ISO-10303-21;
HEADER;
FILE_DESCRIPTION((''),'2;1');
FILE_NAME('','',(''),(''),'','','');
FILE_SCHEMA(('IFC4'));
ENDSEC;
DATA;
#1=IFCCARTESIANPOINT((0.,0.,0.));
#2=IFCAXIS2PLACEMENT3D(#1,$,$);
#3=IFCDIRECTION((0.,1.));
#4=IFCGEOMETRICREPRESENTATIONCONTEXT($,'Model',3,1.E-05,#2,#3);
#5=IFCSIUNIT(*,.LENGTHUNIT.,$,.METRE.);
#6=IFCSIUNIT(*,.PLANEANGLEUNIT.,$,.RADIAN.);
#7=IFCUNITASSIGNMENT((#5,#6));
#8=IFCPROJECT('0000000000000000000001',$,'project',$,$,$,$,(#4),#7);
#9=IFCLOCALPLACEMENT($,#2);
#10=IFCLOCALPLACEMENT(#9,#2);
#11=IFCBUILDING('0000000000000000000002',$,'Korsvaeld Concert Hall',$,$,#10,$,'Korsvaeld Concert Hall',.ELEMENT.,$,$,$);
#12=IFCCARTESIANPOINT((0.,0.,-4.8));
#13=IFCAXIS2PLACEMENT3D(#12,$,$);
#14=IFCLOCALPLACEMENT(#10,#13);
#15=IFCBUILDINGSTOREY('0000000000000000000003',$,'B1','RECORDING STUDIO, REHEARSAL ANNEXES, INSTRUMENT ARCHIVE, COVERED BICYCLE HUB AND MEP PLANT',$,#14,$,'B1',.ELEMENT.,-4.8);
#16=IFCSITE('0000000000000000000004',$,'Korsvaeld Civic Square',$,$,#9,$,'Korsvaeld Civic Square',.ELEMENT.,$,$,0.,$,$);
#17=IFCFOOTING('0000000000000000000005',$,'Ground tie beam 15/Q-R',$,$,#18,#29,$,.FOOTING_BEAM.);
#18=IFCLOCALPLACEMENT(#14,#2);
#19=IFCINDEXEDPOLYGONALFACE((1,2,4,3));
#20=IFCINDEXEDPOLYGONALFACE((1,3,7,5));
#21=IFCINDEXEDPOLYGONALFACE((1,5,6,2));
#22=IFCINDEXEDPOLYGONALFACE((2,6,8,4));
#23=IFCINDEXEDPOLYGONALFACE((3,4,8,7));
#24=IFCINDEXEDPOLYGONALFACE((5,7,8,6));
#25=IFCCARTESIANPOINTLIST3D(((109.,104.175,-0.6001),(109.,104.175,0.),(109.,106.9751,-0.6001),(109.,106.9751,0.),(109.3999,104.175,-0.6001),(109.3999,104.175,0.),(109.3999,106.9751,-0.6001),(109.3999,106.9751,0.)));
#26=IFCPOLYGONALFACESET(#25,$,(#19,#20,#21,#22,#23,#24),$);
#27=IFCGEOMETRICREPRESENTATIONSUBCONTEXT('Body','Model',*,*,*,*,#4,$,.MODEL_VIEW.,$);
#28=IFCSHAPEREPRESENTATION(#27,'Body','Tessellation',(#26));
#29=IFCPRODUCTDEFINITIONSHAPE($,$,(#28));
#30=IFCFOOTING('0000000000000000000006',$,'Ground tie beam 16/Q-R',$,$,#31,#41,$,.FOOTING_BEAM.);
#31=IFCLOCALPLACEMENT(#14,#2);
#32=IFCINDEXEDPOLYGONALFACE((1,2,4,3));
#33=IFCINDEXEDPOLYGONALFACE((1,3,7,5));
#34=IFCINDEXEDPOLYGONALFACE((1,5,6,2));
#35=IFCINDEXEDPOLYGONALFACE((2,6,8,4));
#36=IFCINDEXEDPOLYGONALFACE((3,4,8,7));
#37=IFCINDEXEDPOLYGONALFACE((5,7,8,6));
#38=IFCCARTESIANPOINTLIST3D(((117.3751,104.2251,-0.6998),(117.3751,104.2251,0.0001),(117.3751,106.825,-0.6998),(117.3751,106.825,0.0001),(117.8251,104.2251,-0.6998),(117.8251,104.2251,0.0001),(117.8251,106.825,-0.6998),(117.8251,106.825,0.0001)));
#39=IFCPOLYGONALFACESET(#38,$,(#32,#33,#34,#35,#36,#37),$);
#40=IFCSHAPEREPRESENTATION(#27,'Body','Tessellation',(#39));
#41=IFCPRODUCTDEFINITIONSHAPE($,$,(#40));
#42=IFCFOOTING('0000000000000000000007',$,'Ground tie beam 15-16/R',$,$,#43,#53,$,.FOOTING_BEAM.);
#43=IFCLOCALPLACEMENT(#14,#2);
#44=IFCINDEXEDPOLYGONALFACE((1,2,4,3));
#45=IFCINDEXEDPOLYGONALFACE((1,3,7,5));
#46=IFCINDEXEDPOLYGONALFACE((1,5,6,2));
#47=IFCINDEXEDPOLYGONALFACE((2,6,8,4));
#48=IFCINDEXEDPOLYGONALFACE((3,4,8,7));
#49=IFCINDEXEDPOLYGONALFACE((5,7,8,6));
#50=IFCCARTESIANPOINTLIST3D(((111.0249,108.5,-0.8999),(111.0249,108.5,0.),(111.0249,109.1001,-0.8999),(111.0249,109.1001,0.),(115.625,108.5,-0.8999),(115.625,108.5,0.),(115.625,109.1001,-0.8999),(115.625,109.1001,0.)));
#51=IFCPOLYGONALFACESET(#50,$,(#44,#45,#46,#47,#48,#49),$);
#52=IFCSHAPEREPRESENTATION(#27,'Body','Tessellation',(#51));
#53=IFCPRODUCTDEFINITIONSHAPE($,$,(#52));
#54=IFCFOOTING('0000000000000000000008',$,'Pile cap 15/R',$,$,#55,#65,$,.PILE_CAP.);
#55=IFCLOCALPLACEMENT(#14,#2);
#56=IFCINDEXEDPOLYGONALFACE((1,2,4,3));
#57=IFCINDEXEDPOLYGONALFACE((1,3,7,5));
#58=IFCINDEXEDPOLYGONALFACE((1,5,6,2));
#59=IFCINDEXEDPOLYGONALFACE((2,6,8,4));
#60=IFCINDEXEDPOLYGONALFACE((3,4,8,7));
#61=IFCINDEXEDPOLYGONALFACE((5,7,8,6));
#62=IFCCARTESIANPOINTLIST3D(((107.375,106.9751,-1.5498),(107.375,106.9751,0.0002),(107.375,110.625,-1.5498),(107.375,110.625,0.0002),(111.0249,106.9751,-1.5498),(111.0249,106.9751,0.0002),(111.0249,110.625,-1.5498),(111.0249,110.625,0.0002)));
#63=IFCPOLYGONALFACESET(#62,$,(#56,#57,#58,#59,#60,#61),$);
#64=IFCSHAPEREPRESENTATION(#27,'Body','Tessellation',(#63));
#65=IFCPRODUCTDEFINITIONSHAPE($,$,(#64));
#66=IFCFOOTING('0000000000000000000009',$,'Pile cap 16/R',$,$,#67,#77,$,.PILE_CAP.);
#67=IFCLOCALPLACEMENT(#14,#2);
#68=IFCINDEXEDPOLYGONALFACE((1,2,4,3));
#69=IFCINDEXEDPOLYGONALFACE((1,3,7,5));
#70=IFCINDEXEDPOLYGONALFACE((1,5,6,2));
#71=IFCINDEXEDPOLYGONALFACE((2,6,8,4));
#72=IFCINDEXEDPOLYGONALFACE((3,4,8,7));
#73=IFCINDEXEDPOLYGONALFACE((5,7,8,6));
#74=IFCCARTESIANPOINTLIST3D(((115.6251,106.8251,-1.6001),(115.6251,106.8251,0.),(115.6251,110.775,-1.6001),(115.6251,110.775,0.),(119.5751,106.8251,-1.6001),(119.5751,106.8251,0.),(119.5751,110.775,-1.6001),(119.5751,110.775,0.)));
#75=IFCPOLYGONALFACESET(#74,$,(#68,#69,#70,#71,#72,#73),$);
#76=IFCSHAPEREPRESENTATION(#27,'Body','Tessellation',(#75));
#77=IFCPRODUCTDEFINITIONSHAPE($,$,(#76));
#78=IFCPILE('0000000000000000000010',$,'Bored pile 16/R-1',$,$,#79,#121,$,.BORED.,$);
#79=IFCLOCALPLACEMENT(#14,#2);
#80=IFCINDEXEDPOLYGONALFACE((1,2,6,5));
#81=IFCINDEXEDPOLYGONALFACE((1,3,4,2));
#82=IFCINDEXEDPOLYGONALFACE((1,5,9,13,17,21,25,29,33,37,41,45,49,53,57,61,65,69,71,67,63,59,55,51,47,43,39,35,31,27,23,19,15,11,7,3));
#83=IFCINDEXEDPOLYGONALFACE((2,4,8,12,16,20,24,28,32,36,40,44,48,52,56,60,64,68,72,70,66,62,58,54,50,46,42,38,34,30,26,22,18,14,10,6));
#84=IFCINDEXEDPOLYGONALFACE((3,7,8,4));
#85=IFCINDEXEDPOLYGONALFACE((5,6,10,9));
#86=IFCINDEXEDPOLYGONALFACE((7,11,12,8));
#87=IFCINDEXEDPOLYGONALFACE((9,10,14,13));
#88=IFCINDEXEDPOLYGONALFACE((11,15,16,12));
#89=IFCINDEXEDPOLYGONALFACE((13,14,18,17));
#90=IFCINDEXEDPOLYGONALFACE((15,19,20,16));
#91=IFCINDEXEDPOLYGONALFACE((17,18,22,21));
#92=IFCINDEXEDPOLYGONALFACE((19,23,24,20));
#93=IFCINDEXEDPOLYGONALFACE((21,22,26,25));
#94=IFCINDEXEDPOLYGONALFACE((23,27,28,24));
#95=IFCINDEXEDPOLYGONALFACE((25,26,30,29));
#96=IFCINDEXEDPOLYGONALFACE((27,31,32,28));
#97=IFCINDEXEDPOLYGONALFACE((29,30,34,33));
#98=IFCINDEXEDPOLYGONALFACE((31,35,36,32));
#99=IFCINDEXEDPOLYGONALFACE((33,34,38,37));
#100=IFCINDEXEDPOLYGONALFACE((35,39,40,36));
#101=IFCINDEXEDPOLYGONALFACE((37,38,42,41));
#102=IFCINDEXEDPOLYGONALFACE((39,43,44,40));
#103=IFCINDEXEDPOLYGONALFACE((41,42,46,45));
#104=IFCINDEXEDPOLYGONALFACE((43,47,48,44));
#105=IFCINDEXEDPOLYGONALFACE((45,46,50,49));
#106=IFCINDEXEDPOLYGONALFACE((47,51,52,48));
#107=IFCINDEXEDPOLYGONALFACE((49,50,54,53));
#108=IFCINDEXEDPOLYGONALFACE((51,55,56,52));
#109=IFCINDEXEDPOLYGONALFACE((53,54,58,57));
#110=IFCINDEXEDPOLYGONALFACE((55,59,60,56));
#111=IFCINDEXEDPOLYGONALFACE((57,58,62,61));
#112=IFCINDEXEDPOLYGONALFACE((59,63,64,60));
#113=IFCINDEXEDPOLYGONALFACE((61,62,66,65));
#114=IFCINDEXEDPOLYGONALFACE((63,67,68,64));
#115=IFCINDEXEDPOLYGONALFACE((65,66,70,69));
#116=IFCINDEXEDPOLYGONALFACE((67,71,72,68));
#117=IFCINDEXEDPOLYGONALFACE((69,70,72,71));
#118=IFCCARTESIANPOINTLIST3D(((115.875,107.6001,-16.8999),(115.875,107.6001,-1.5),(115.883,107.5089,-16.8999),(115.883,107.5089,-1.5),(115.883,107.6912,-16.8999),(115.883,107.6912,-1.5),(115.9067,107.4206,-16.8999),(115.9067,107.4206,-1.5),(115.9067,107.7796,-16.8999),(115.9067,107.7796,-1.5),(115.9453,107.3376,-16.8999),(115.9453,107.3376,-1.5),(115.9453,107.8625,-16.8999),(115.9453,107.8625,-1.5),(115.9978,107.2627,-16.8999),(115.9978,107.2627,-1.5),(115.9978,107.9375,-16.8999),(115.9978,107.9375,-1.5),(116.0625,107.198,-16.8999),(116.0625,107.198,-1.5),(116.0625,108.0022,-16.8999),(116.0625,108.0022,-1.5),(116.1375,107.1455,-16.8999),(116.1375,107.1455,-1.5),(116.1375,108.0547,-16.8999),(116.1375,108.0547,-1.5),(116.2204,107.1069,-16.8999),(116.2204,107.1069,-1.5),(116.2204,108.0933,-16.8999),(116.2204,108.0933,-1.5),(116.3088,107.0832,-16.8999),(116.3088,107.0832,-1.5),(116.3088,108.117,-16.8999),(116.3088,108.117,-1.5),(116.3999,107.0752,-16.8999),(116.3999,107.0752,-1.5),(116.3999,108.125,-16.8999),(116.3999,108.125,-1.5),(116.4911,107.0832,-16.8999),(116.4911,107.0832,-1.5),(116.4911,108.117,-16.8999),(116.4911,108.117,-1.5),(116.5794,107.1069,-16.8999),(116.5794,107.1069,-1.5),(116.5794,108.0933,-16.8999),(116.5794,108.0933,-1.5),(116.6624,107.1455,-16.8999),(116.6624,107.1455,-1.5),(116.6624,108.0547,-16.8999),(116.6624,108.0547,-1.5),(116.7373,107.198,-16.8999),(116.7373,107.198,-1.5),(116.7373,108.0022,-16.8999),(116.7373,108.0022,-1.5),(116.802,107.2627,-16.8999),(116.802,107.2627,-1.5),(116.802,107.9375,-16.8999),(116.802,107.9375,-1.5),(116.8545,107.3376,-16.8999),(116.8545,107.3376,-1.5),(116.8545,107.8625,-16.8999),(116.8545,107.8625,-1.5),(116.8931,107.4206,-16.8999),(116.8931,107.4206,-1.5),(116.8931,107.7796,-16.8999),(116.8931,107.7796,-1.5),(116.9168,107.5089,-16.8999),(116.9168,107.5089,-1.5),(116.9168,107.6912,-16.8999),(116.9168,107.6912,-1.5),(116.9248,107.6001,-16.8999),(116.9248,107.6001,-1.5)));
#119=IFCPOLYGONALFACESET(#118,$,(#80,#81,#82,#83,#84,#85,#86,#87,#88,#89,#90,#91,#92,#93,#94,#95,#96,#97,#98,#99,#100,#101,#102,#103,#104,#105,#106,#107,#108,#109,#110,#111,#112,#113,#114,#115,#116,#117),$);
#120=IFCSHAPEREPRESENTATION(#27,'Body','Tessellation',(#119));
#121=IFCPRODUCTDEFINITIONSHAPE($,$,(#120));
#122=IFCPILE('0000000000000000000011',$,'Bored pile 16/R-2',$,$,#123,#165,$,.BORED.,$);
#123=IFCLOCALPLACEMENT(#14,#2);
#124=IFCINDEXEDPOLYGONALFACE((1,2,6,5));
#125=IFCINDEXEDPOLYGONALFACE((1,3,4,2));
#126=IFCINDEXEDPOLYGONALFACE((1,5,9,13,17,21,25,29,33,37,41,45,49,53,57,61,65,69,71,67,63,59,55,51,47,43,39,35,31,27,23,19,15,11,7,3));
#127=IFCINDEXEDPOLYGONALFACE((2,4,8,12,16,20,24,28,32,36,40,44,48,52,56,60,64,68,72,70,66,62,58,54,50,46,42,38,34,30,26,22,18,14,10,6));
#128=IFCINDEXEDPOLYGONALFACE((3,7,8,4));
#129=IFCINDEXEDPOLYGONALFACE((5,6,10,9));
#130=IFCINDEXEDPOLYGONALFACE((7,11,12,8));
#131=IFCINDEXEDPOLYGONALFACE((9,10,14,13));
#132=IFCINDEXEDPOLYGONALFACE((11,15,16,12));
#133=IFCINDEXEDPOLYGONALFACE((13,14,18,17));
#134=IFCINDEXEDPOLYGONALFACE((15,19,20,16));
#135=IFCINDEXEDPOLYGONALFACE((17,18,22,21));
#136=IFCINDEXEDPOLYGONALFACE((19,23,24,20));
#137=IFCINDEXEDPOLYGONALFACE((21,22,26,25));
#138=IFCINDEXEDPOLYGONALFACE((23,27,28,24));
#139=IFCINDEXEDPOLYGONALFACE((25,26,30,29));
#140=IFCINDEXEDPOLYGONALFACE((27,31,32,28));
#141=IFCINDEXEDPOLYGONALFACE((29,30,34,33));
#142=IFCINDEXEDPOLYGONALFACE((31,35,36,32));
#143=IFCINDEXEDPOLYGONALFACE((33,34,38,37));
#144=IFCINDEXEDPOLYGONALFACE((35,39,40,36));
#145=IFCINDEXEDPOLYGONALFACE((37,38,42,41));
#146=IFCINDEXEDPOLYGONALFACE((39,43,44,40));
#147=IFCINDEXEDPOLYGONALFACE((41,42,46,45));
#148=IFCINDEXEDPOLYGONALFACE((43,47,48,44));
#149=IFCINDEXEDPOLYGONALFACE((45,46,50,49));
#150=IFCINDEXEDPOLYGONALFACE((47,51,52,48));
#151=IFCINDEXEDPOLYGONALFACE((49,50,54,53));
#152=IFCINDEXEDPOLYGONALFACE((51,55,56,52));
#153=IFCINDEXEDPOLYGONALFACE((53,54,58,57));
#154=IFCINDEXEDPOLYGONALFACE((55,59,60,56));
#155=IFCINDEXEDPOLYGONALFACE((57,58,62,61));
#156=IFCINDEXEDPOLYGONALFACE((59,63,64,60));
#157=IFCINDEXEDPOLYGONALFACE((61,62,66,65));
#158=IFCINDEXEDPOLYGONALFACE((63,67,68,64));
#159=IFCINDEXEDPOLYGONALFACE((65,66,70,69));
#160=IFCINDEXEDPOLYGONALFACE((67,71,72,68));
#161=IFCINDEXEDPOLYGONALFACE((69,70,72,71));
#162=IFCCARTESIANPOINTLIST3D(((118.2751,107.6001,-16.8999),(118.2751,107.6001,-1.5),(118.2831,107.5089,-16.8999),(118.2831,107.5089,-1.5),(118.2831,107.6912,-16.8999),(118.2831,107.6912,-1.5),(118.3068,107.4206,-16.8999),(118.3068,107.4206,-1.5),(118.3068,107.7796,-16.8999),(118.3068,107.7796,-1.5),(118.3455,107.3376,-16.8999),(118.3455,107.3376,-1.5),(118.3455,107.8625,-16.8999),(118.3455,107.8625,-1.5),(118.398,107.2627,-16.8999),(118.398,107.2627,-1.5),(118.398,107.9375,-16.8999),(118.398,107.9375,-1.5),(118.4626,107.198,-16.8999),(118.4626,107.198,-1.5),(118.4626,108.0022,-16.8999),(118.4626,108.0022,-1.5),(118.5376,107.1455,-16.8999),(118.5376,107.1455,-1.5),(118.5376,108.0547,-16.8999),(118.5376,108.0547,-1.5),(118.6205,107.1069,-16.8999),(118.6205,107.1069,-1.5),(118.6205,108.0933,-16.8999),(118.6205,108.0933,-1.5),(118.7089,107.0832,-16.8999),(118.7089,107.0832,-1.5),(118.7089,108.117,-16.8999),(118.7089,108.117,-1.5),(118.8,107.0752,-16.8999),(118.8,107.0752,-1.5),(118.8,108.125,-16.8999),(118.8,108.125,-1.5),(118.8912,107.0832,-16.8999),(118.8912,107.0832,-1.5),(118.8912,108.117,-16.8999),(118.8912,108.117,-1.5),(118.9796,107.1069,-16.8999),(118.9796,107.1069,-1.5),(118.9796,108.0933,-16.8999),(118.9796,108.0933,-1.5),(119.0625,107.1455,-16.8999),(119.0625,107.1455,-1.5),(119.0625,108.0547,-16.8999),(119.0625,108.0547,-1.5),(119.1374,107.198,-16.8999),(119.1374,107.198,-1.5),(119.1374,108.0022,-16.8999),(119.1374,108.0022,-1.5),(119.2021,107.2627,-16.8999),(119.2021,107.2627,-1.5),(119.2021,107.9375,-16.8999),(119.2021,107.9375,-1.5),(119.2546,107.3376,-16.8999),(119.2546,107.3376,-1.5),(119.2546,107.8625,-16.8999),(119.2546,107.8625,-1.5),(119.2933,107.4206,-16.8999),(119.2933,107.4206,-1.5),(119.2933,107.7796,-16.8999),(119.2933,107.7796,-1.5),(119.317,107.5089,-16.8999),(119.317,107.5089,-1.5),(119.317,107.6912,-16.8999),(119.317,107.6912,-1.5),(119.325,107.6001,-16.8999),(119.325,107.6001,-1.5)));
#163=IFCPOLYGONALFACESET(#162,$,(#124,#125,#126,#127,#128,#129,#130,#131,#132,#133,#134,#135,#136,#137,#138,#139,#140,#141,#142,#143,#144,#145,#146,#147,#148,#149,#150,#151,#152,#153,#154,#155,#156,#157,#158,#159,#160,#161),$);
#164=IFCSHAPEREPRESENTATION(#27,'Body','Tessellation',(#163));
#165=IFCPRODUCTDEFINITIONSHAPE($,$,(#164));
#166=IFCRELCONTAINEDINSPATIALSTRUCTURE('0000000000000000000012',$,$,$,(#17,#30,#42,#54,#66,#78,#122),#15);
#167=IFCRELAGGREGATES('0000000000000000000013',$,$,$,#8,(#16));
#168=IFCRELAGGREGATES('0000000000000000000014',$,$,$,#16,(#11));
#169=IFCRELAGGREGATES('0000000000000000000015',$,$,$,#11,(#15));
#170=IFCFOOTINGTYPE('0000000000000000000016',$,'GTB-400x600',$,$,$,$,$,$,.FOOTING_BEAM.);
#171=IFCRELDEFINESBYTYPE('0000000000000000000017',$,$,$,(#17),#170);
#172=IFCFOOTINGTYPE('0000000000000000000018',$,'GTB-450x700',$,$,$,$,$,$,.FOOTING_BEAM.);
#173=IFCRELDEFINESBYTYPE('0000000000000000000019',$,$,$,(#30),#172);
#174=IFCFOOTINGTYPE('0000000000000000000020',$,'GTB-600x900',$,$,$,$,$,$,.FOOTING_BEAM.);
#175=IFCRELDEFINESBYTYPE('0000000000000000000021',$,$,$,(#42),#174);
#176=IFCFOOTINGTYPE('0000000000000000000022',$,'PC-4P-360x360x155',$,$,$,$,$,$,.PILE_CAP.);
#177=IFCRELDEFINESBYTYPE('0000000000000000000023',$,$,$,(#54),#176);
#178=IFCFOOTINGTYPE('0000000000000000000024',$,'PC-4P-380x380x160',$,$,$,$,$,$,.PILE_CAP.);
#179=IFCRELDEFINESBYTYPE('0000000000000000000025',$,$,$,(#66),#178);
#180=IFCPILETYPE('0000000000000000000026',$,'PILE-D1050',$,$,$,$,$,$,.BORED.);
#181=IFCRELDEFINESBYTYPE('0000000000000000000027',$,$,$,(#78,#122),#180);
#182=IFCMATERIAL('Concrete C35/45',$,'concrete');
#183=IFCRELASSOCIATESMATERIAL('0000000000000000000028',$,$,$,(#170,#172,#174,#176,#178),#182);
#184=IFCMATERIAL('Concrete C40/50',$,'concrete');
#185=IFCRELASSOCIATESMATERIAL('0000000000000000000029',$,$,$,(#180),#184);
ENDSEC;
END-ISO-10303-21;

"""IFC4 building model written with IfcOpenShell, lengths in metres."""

from ifc_helpers import new_model, si_unit, direction, frame, origin, origin_2d, place, context, subcontext, project, spatial, rectangle, circle, extrude, material, material_profile, profile_set, type_object, element, save


model = new_model("IFC4")

# Units and contexts
model_context = context("Model", 3, precision=1e-05, world=origin(), true_north=direction((0.0, 1.0)))
body_context = subcontext(model_context, "Body", "Model", "MODEL_VIEW")
ifc_project = project(units=[si_unit("LENGTHUNIT", "METRE"), si_unit("PLANEANGLEUNIT", "RADIAN")], contexts=[model_context])

# Site, building, storey
site_placement = place(None, origin())
site = spatial("IfcSite", under=ifc_project, at=site_placement, Name="Korsvaeld Civic Square", LongName="Korsvaeld Civic Square", CompositionType="ELEMENT", RefElevation=0.0)
building_placement = place(site_placement, origin())
building = spatial("IfcBuilding", under=site, at=building_placement, Name="Korsvaeld Concert Hall", LongName="Korsvaeld Concert Hall", CompositionType="ELEMENT")
storey_placement = place(building_placement, frame((0.0, 0.0, -4.8)))
storey = spatial("IfcBuildingStorey", under=building, at=storey_placement, Name="B1", Description="RECORDING STUDIO, REHEARSAL ANNEXES, INSTRUMENT ARCHIVE, COVERED BICYCLE HUB AND MEP PLANT", LongName="B1", CompositionType="ELEMENT", Elevation=-4.8)

# Footings
ifc_material_1 = material(Name="Concrete C35/45", Category="concrete")
ifc_material_profile_1 = material_profile(ifc_material_1, rectangle(XDim=0.3999, YDim=0.6001, at=origin_2d()), Name="GTB 400x600")
ifc_profile_set_1 = profile_set([ifc_material_profile_1], Name="Concrete C35/45")
footing_type_1 = type_object("IfcFootingType", Name="GTB-400x600", PredefinedType="FOOTING_BEAM", material=ifc_profile_set_1)
footing_1_placement = place(storey_placement, frame((109.2, 104.175, -0.3), z_axis=(0.0, 1.0, 0.0), x_axis=(-1.0, 0.0, 0.0)))
element("IfcFooting", 1, at=footing_1_placement, inside=storey, type_object=footing_type_1, Name="Ground tie beam 15/Q-R", PredefinedType="FOOTING_BEAM", context=body_context, shape_type="SweptSolid", body=[
    extrude(rectangle(XDim=0.3999, YDim=0.6001, at=origin_2d()), origin(), (0.0, 0.0, 1.0), 2.8),
])
ifc_material_profile_2 = material_profile(ifc_material_1, rectangle(XDim=0.45, YDim=0.7, at=origin_2d()), Name="GTB 450x700")
ifc_profile_set_2 = profile_set([ifc_material_profile_2], Name="Concrete C35/45")
footing_type_2 = type_object("IfcFootingType", Name="GTB-450x700", PredefinedType="FOOTING_BEAM", material=ifc_profile_set_2)
footing_2_placement = place(storey_placement, frame((117.6001, 104.2251, -0.3499), z_axis=(0.0, 1.0, 0.0), x_axis=(-1.0, 0.0, 0.0)))
element("IfcFooting", 2, at=footing_2_placement, inside=storey, type_object=footing_type_2, Name="Ground tie beam 16/Q-R", PredefinedType="FOOTING_BEAM", context=body_context, shape_type="SweptSolid", body=[
    extrude(rectangle(XDim=0.45, YDim=0.7, at=origin_2d()), origin(), (0.0, 0.0, 1.0), 2.5999),
])
ifc_material_profile_3 = material_profile(ifc_material_1, rectangle(XDim=0.6001, YDim=0.8999, at=origin_2d()), Name="GTB 600x900")
ifc_profile_set_3 = profile_set([ifc_material_profile_3], Name="Concrete C35/45")
footing_type_3 = type_object("IfcFootingType", Name="GTB-600x900", PredefinedType="FOOTING_BEAM", material=ifc_profile_set_3)
footing_3_placement = place(storey_placement, frame((111.0249, 108.8, -0.45), z_axis=(1.0, 0.0, 0.0), x_axis=(0.0, 1.0, 0.0)))
element("IfcFooting", 3, at=footing_3_placement, inside=storey, type_object=footing_type_3, Name="Ground tie beam 15-16/R", PredefinedType="FOOTING_BEAM", context=body_context, shape_type="SweptSolid", body=[
    extrude(rectangle(XDim=0.6001, YDim=0.8999, at=origin_2d()), origin(), (0.0, 0.0, 1.0), 4.6001),
])
footing_type_4 = type_object("IfcFootingType", Name="PC-4P-360x360x155", PredefinedType="PILE_CAP", material=ifc_material_1)
footing_4_placement = place(storey_placement, frame((109.2, 108.8, -1.5498), z_axis=(0.0, 0.0, 1.0), x_axis=(1.0, 0.0, 0.0)))
element("IfcFooting", 4, at=footing_4_placement, inside=storey, type_object=footing_type_4, Name="Pile cap 15/R", PredefinedType="PILE_CAP", context=body_context, shape_type="SweptSolid", body=[
    extrude(rectangle(XDim=3.6499, YDim=3.6499, at=origin_2d()), origin(), (0.0, 0.0, 1.0), 1.55),
])
footing_type_5 = type_object("IfcFootingType", Name="PC-4P-380x380x160", PredefinedType="PILE_CAP", material=ifc_material_1)
footing_5_placement = place(storey_placement, frame((117.6001, 108.8, -1.6001), z_axis=(0.0, 0.0, 1.0), x_axis=(1.0, 0.0, 0.0)))
element("IfcFooting", 5, at=footing_5_placement, inside=storey, type_object=footing_type_5, Name="Pile cap 16/R", PredefinedType="PILE_CAP", context=body_context, shape_type="SweptSolid", body=[
    extrude(rectangle(XDim=3.95, YDim=3.95, at=origin_2d()), origin(), (0.0, 0.0, 1.0), 1.6001),
])

# Piles
ifc_material_2 = material(Name="Concrete C40/50", Category="concrete")
ifc_material_profile_4 = material_profile(ifc_material_2, circle(Radius=0.5249, at=origin_2d()), Name="BORED PILE D1050")
ifc_profile_set_4 = profile_set([ifc_material_profile_4], Name="Concrete C40/50")
pile_type_1 = type_object("IfcPileType", Name="PILE-D1050", PredefinedType="BORED", material=ifc_profile_set_4)
for number, where, z_axis, x_axis, name in (
    (6, (116.3999, 107.6001, -1.5), (0.0, 0.0, -1.0), (1.0, 0.0, 0.0), "Bored pile 16/R-1"),
    (7, (118.8, 107.6001, -1.5), (0.0, 0.0, -1.0), (1.0, 0.0, 0.0), "Bored pile 16/R-2"),
):
    element("IfcPile", number, at=place(storey_placement, frame(where, z_axis=z_axis, x_axis=x_axis)), inside=storey, type_object=pile_type_1, Name=name, PredefinedType="BORED", context=body_context, shape_type="SweptSolid", body=[
        extrude(circle(Radius=0.5249, at=origin_2d()), origin(), (0.0, 0.0, 1.0), 15.3999),
    ])

save(model, "model.ifc")
